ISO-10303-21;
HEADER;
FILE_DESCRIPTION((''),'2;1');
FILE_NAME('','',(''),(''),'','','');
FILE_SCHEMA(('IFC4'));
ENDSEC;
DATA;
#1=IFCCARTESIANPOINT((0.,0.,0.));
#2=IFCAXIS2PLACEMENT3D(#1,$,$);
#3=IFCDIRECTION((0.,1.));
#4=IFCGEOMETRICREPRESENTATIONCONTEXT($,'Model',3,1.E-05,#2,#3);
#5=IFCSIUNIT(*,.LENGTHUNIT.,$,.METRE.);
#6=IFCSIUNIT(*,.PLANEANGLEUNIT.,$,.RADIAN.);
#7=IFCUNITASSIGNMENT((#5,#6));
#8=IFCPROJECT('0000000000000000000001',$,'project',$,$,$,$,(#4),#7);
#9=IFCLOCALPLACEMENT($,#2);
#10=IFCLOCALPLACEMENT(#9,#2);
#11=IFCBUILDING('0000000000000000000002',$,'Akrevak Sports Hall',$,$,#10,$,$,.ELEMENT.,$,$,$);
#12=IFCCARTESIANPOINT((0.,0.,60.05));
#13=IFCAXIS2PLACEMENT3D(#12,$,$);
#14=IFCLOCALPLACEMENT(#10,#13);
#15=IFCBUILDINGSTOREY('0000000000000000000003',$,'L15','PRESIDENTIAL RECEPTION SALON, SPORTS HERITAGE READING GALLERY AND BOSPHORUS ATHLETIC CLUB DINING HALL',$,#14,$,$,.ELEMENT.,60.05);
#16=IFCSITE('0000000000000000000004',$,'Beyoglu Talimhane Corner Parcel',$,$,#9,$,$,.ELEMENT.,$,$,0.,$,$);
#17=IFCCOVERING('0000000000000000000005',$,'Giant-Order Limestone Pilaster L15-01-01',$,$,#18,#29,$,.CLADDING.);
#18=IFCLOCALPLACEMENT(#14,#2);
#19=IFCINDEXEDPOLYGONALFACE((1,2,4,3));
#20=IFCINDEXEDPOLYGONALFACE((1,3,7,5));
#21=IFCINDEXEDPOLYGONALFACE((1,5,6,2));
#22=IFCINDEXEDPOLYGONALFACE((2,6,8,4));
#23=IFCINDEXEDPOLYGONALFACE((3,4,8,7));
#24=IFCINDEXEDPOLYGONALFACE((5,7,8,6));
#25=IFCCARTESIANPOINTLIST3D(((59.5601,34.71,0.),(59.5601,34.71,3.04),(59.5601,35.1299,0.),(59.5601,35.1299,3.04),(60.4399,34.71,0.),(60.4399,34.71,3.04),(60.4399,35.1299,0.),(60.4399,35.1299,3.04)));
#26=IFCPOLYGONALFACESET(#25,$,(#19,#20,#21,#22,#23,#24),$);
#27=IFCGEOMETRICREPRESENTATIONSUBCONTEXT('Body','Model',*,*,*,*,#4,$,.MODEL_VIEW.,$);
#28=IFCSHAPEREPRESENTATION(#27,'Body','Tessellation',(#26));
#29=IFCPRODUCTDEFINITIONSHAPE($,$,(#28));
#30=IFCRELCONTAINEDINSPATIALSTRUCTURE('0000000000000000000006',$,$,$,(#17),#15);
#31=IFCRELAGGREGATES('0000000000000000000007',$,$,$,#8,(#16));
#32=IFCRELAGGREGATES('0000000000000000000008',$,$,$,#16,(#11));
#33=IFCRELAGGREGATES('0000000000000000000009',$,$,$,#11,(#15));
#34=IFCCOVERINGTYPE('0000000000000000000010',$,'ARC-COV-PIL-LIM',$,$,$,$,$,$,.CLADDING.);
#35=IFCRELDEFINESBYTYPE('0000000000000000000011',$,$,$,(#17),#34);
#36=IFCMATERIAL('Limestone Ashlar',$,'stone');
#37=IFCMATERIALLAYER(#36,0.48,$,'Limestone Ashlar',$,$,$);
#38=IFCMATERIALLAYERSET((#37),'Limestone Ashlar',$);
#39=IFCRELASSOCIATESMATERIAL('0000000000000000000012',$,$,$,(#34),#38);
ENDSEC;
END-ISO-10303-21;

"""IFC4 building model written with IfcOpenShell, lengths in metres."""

from ifc_helpers import new_model, si_unit, direction, frame, origin, origin_2d, place, context, subcontext, project, spatial, rectangle, extrude, material, layer, layer_set, type_object, element, save


model = new_model("IFC4")

# Units and contexts
model_context = context("Model", 3, precision=1e-05, world=origin(), true_north=direction((0.0, 1.0)))
body_context = subcontext(model_context, "Body", "Model", "MODEL_VIEW")
ifc_project = project(units=[si_unit("LENGTHUNIT", "METRE"), si_unit("PLANEANGLEUNIT", "RADIAN")], contexts=[model_context])

# Site, building, storey
site_placement = place(None, origin())
site = spatial("IfcSite", under=ifc_project, at=site_placement, Name="Beyoglu Talimhane Corner Parcel", CompositionType="ELEMENT", RefElevation=0.0)
building_placement = place(site_placement, origin())
building = spatial("IfcBuilding", under=site, at=building_placement, Name="Akrevak Sports Hall", CompositionType="ELEMENT")
storey_placement = place(building_placement, frame((0.0, 0.0, 60.05)))
storey = spatial("IfcBuildingStorey", under=building, at=storey_placement, Name="L15", Description="PRESIDENTIAL RECEPTION SALON, SPORTS HERITAGE READING GALLERY AND BOSPHORUS ATHLETIC CLUB DINING HALL", CompositionType="ELEMENT", Elevation=60.05)

# Shared definitions
ifc_material_1 = material(Name="Limestone Ashlar", Category="stone")

# Covering
ifc_layer_1 = layer(ifc_material_1, 0.48, Name="Limestone Ashlar")
ifc_layer_set_1 = layer_set([ifc_layer_1], Name="Limestone Ashlar")
covering_type = type_object("IfcCoveringType", Name="ARC-COV-PIL-LIM", PredefinedType="CLADDING", material=ifc_layer_set_1)
covering_placement = place(storey_placement, frame((60.0, 34.9199, 0.0), z_axis=(0.0, 0.0, 1.0), x_axis=(1.0, 0.0, 0.0)))
element("IfcCovering", 1, at=covering_placement, inside=storey, type_object=covering_type, Name="Giant-Order Limestone Pilaster L15-01-01", PredefinedType="CLADDING", context=body_context, shape_type="SweptSolid", body=[
    extrude(rectangle(XDim=0.8799, YDim=0.4199, at=origin_2d()), origin(), (0.0, 0.0, 1.0), 3.04),
])

save(model, "model.ifc")
